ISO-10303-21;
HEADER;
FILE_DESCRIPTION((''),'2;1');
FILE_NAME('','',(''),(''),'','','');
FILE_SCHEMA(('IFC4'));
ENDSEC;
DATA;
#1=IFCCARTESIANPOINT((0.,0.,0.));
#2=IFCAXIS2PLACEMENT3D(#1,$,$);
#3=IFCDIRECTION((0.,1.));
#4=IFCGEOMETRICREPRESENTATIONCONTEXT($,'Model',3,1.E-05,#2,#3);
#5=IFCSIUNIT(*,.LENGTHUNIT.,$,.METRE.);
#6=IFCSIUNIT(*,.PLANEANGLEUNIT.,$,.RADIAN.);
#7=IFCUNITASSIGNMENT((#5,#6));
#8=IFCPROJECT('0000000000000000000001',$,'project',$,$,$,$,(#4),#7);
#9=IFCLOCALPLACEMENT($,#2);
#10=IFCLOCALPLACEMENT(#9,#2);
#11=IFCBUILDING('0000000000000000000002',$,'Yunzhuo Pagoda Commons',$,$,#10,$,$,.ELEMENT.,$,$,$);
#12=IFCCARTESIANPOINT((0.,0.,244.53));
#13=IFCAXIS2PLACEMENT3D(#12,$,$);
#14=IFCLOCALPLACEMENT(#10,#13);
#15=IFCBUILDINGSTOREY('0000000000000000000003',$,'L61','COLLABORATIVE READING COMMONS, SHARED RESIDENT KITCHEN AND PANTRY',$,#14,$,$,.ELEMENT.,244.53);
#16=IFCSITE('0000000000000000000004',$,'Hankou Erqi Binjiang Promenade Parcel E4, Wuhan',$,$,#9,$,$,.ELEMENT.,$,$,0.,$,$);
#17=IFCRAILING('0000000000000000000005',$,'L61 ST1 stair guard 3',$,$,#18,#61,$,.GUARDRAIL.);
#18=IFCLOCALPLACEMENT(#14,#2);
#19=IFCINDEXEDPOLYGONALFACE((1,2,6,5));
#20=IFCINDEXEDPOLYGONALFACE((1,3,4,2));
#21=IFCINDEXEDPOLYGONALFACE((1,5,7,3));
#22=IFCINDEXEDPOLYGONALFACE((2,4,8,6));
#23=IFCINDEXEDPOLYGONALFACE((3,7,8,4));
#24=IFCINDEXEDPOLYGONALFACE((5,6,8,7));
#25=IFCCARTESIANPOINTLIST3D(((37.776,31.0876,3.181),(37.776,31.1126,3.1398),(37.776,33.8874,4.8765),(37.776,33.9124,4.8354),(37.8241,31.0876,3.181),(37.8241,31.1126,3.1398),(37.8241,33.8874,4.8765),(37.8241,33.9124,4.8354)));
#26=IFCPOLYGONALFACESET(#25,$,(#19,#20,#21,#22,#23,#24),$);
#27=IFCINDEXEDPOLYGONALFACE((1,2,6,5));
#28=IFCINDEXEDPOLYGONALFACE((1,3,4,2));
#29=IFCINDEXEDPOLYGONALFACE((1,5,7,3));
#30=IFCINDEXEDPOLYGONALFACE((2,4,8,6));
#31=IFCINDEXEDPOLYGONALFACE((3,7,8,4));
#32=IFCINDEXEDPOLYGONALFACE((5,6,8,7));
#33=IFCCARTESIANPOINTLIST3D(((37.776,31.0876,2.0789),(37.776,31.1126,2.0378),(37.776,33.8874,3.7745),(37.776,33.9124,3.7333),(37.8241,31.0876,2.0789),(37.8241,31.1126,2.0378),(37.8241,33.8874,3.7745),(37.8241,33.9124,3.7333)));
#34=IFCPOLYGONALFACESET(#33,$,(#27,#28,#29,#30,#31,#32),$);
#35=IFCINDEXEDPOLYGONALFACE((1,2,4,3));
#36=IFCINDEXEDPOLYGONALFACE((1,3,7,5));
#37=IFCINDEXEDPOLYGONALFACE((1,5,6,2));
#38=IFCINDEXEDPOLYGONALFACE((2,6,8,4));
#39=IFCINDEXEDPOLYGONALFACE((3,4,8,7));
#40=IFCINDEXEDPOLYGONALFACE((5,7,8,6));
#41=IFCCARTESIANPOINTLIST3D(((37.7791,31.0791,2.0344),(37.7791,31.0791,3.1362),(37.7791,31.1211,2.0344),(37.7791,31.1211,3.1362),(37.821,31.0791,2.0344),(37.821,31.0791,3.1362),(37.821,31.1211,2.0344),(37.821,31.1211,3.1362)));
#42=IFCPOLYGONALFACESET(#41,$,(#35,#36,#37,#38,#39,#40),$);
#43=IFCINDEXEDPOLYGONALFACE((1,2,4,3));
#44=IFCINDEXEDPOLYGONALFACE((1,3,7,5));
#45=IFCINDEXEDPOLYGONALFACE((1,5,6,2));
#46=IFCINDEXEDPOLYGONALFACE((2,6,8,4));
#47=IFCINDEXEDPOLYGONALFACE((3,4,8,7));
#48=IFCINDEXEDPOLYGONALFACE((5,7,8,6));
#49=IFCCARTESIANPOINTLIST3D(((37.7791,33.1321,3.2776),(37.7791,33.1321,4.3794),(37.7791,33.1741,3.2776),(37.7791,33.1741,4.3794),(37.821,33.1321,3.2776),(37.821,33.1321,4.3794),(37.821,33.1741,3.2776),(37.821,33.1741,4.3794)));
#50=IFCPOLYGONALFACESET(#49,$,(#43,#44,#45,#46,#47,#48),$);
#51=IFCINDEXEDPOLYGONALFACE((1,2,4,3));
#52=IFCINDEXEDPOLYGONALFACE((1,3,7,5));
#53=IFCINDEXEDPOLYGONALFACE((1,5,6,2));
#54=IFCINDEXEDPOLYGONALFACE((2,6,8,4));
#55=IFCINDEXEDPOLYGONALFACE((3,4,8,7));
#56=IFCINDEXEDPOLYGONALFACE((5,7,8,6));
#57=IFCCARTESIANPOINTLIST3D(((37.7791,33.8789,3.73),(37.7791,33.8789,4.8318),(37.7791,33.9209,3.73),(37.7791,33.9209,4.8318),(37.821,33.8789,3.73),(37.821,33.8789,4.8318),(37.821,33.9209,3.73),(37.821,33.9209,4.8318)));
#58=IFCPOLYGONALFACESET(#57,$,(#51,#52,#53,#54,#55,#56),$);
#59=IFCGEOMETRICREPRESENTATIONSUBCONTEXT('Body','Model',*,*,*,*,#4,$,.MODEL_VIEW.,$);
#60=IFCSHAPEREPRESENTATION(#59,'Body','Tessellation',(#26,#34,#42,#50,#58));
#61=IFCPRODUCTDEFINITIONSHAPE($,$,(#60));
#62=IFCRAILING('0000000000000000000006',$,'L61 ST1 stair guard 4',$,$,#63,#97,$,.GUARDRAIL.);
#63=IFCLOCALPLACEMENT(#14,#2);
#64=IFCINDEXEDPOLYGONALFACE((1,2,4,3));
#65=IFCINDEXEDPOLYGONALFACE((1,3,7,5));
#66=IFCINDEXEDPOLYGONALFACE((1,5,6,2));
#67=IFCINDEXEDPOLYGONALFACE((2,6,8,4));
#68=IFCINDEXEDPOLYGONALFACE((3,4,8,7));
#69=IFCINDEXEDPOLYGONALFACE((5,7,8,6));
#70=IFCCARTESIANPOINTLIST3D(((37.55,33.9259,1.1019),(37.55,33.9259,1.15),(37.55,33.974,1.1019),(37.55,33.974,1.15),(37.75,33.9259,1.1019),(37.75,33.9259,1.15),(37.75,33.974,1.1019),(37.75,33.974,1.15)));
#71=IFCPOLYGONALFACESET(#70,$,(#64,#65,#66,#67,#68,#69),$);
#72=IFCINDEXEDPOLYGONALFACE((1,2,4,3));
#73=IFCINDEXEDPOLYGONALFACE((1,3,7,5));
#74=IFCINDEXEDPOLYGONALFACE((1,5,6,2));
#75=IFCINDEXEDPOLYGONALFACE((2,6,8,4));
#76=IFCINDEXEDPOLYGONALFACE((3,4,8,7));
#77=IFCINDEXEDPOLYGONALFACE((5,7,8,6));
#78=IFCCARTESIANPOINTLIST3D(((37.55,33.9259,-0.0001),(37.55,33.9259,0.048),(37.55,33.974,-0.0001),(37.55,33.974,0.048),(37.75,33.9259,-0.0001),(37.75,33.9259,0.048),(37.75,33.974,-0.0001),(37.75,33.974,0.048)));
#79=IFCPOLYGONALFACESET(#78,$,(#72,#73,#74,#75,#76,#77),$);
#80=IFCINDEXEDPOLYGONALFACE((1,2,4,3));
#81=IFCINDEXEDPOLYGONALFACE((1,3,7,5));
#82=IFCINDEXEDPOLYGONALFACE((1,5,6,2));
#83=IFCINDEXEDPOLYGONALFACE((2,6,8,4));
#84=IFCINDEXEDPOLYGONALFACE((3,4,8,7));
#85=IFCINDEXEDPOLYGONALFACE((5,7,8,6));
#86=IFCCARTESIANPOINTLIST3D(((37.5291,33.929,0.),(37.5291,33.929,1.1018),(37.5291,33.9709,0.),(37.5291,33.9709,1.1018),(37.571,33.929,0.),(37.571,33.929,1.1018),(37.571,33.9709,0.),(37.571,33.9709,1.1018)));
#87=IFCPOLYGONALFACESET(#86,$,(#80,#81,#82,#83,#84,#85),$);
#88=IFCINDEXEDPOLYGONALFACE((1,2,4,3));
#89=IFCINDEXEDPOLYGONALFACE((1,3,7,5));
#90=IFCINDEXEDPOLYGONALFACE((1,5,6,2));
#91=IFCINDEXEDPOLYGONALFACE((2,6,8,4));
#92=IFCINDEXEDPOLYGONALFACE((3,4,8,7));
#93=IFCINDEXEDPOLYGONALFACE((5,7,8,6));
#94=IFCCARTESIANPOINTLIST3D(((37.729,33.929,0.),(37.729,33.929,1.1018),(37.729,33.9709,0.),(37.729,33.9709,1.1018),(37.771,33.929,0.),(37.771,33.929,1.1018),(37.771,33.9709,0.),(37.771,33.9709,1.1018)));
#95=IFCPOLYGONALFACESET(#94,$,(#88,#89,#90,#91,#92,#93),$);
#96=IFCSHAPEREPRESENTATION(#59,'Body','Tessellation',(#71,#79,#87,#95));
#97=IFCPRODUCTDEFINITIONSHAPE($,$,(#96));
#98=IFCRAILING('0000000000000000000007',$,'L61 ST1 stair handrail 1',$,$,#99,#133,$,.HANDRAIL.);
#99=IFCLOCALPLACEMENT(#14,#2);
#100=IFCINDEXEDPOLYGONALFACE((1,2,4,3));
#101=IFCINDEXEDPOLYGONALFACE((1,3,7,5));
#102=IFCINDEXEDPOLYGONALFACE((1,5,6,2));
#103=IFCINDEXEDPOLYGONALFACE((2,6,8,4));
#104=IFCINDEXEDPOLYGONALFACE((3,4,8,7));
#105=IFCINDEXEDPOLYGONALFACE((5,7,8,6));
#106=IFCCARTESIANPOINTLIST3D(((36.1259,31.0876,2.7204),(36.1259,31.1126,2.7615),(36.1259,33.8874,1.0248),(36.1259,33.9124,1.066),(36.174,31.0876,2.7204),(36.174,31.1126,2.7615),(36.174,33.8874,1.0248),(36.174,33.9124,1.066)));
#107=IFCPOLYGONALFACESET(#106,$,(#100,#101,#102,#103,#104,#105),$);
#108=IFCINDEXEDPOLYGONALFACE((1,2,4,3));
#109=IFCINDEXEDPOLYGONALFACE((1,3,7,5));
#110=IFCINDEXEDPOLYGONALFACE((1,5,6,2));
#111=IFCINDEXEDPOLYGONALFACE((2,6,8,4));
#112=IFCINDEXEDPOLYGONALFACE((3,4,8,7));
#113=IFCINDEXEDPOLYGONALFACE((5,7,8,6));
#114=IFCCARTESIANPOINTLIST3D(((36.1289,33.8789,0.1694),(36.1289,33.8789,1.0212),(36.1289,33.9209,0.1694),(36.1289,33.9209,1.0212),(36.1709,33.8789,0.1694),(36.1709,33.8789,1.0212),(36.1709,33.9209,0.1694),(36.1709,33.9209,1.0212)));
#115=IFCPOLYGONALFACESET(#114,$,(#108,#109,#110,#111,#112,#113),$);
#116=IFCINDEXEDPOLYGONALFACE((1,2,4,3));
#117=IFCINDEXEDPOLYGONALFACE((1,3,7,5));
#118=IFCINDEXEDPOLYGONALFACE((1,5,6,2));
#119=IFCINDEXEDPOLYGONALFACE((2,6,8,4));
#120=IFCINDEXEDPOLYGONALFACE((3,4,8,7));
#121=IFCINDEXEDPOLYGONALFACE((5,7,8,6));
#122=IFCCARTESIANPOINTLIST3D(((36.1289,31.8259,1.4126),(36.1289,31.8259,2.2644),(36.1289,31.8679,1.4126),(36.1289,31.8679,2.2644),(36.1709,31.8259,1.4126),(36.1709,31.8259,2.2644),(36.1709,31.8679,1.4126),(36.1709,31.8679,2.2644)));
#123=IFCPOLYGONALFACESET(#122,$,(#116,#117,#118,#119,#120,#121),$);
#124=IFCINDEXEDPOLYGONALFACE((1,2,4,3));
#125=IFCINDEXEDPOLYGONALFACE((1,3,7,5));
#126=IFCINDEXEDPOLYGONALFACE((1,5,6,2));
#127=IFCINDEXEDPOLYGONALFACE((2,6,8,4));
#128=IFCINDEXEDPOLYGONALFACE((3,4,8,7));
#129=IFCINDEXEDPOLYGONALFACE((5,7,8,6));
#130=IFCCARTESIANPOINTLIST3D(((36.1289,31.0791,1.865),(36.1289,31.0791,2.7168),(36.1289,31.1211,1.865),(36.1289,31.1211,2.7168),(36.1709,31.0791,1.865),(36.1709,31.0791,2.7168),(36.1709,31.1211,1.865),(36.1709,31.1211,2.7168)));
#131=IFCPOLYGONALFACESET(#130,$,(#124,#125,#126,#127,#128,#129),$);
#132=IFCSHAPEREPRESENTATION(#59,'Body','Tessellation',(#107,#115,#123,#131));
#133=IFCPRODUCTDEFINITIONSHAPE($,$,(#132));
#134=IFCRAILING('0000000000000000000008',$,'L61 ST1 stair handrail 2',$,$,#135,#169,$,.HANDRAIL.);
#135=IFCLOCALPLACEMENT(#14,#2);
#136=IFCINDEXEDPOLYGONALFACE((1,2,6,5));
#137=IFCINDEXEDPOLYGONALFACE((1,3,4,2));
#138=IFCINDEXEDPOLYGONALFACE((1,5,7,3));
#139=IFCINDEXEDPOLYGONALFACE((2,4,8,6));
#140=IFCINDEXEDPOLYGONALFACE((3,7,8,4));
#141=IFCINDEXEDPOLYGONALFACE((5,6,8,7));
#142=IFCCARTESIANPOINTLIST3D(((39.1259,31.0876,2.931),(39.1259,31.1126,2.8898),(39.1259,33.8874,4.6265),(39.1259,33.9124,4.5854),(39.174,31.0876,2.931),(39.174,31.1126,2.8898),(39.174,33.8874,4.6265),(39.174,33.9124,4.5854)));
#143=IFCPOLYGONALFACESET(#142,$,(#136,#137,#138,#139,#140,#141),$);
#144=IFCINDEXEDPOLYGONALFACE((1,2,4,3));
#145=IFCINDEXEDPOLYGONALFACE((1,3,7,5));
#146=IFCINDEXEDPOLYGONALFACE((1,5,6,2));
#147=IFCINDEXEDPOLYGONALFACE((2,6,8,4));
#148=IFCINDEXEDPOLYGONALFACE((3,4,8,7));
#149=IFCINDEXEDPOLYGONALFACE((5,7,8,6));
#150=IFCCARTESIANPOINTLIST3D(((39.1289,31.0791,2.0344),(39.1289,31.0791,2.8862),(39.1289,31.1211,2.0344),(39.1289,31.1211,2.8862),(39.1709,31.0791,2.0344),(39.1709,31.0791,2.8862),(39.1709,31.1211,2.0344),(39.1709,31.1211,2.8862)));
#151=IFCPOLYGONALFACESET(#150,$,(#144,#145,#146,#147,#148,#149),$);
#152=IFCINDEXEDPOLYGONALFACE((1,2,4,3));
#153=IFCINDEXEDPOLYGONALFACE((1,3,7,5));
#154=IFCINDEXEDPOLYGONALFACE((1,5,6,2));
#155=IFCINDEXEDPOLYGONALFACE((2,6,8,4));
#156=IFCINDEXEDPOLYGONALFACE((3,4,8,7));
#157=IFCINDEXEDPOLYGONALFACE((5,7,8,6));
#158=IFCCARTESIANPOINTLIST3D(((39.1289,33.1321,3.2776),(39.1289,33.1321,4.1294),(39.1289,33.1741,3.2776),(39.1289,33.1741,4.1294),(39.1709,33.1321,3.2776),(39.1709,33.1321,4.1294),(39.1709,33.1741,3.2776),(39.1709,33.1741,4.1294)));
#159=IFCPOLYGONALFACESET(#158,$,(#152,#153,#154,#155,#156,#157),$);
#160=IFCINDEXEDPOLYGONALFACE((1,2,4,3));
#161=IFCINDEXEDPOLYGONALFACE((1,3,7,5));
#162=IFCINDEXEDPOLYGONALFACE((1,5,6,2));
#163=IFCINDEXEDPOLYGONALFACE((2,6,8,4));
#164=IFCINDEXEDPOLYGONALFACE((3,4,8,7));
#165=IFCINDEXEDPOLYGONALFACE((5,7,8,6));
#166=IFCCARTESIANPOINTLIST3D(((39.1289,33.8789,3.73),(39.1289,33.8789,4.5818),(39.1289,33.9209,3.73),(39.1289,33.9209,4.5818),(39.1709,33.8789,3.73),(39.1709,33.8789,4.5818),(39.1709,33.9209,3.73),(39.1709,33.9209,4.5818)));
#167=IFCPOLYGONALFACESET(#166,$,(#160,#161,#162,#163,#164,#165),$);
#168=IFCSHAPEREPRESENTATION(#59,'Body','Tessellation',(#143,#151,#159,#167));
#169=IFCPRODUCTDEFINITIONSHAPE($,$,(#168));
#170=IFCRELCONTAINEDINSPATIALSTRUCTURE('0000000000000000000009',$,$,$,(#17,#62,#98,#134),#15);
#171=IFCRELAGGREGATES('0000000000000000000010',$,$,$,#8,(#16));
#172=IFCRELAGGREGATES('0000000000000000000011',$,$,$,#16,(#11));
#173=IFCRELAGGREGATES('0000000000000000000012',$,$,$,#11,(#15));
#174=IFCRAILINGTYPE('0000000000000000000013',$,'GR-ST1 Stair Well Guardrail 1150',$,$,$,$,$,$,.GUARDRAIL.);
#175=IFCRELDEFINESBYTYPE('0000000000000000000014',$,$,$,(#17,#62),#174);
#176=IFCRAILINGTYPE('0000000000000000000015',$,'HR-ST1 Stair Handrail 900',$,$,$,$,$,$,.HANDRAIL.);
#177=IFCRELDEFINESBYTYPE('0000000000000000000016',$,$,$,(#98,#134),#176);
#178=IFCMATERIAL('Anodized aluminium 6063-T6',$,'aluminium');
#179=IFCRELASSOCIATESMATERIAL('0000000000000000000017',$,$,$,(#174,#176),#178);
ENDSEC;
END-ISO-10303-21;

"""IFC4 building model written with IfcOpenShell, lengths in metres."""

from ifc_helpers import new_model, si_unit, direction, frame, origin, origin_2d, place, context, subcontext, project, spatial, rectangle, extrude, material, type_object, element, save


model = new_model("IFC4")

# Units and contexts
model_context = context("Model", 3, precision=1e-05, world=origin(), true_north=direction((0.0, 1.0)))
body_context = subcontext(model_context, "Body", "Model", "MODEL_VIEW")
ifc_project = project(units=[si_unit("LENGTHUNIT", "METRE"), si_unit("PLANEANGLEUNIT", "RADIAN")], contexts=[model_context])

# Site, building, storey
site_placement = place(None, origin())
site = spatial("IfcSite", under=ifc_project, at=site_placement, Name="Hankou Erqi Binjiang Promenade Parcel E4, Wuhan", CompositionType="ELEMENT", RefElevation=0.0)
building_placement = place(site_placement, origin())
building = spatial("IfcBuilding", under=site, at=building_placement, Name="Yunzhuo Pagoda Commons", CompositionType="ELEMENT")
storey_placement = place(building_placement, frame((0.0, 0.0, 244.53)))
storey = spatial("IfcBuildingStorey", under=building, at=storey_placement, Name="L61", Description="COLLABORATIVE READING COMMONS, SHARED RESIDENT KITCHEN AND PANTRY", CompositionType="ELEMENT", Elevation=244.53)

# Railings
ifc_material_1 = material(Name="Anodized aluminium 6063-T6", Category="aluminium")
railing_type_1 = type_object("IfcRailingType", Name="GR-ST1 Stair Well Guardrail 1150", PredefinedType="GUARDRAIL", material=ifc_material_1)
railing_1_placement = place(storey_placement, frame((37.8, 31.1001, 2.0344)))
element("IfcRailing", 1, at=railing_1_placement, inside=storey, type_object=railing_type_1, Name="L61 ST1 stair guard 3", PredefinedType="GUARDRAIL", context=body_context, shape_type="SweptSolid", body=[
    extrude(rectangle(XDim=0.0481, YDim=0.0481, at=origin_2d()), frame((0.0, 0.0, 1.126), z_axis=(0.0, 0.855373, 0.518012), x_axis=(-1.0, 0.0, 0.0)), (0.0, 0.0, 1.0), 3.2732),
    extrude(rectangle(XDim=0.0481, YDim=0.0481, at=origin_2d()), frame((0.0, 0.0, 0.0239), z_axis=(0.0, 0.855373, 0.518012), x_axis=(-1.0, 0.0, 0.0)), (0.0, 0.0, 1.0), 3.2732),
    extrude(rectangle(XDim=0.042, YDim=0.042, at=origin_2d()), origin(), (0.0, 0.0, 1.0), 1.1018),
    extrude(rectangle(XDim=0.042, YDim=0.042, at=origin_2d()), frame((0.0, 2.053, 1.2432)), (0.0, 0.0, 1.0), 1.1018),
    extrude(rectangle(XDim=0.042, YDim=0.042, at=origin_2d()), frame((0.0, 2.7998, 1.6956)), (0.0, 0.0, 1.0), 1.1018),
])
railing_2_placement = place(storey_placement, frame((37.55, 33.95, 0.0)))
element("IfcRailing", 2, at=railing_2_placement, inside=storey, type_object=railing_type_1, Name="L61 ST1 stair guard 4", PredefinedType="GUARDRAIL", context=body_context, shape_type="SweptSolid", body=[
    extrude(rectangle(XDim=0.0481, YDim=0.0481, at=origin_2d()), frame((0.0, 0.0, 1.126), z_axis=(1.0, 0.0, 0.0), x_axis=(0.0, 1.0, 0.0)), (0.0, 0.0, 1.0), 0.2),
    extrude(rectangle(XDim=0.0481, YDim=0.0481, at=origin_2d()), frame((0.0, 0.0, 0.0239), z_axis=(1.0, 0.0, 0.0), x_axis=(0.0, 1.0, 0.0)), (0.0, 0.0, 1.0), 0.2),
    extrude(rectangle(XDim=0.042, YDim=0.042, at=origin_2d()), origin(), (0.0, 0.0, 1.0), 1.1018),
    extrude(rectangle(XDim=0.042, YDim=0.042, at=origin_2d()), frame((0.2, 0.0, 0.0)), (0.0, 0.0, 1.0), 1.1018),
])
railing_type_2 = type_object("IfcRailingType", Name="HR-ST1 Stair Handrail 900", PredefinedType="HANDRAIL", material=ifc_material_1)
railing_3_placement = place(storey_placement, frame((36.1499, 33.8999, 0.1694)))
element("IfcRailing", 3, at=railing_3_placement, inside=storey, type_object=railing_type_2, Name="L61 ST1 stair handrail 1", PredefinedType="HANDRAIL", context=body_context, shape_type="SweptSolid", body=[
    extrude(rectangle(XDim=0.0481, YDim=0.0481, at=origin_2d()), frame((0.0, 0.0, 0.876), z_axis=(0.0, -0.855373, 0.518012), x_axis=(1.0, 0.0, 0.0)), (0.0, 0.0, 1.0), 3.2732),
    extrude(rectangle(XDim=0.042, YDim=0.042, at=origin_2d()), origin(), (0.0, 0.0, 1.0), 0.8518),
    extrude(rectangle(XDim=0.042, YDim=0.042, at=origin_2d()), frame((0.0, -2.053, 1.2432)), (0.0, 0.0, 1.0), 0.8518),
    extrude(rectangle(XDim=0.042, YDim=0.042, at=origin_2d()), frame((0.0, -2.7998, 1.6956)), (0.0, 0.0, 1.0), 0.8518),
])
railing_4_placement = place(storey_placement, frame((39.1499, 31.1001, 2.0344)))
element("IfcRailing", 4, at=railing_4_placement, inside=storey, type_object=railing_type_2, Name="L61 ST1 stair handrail 2", PredefinedType="HANDRAIL", context=body_context, shape_type="SweptSolid", body=[
    extrude(rectangle(XDim=0.0481, YDim=0.0481, at=origin_2d()), frame((0.0, 0.0, 0.876), z_axis=(0.0, 0.855373, 0.518012), x_axis=(-1.0, 0.0, 0.0)), (0.0, 0.0, 1.0), 3.2732),
    extrude(rectangle(XDim=0.042, YDim=0.042, at=origin_2d()), origin(), (0.0, 0.0, 1.0), 0.8518),
    extrude(rectangle(XDim=0.042, YDim=0.042, at=origin_2d()), frame((0.0, 2.053, 1.2432)), (0.0, 0.0, 1.0), 0.8518),
    extrude(rectangle(XDim=0.042, YDim=0.042, at=origin_2d()), frame((0.0, 2.7998, 1.6956)), (0.0, 0.0, 1.0), 0.8518),
])

save(model, "model.ifc")
